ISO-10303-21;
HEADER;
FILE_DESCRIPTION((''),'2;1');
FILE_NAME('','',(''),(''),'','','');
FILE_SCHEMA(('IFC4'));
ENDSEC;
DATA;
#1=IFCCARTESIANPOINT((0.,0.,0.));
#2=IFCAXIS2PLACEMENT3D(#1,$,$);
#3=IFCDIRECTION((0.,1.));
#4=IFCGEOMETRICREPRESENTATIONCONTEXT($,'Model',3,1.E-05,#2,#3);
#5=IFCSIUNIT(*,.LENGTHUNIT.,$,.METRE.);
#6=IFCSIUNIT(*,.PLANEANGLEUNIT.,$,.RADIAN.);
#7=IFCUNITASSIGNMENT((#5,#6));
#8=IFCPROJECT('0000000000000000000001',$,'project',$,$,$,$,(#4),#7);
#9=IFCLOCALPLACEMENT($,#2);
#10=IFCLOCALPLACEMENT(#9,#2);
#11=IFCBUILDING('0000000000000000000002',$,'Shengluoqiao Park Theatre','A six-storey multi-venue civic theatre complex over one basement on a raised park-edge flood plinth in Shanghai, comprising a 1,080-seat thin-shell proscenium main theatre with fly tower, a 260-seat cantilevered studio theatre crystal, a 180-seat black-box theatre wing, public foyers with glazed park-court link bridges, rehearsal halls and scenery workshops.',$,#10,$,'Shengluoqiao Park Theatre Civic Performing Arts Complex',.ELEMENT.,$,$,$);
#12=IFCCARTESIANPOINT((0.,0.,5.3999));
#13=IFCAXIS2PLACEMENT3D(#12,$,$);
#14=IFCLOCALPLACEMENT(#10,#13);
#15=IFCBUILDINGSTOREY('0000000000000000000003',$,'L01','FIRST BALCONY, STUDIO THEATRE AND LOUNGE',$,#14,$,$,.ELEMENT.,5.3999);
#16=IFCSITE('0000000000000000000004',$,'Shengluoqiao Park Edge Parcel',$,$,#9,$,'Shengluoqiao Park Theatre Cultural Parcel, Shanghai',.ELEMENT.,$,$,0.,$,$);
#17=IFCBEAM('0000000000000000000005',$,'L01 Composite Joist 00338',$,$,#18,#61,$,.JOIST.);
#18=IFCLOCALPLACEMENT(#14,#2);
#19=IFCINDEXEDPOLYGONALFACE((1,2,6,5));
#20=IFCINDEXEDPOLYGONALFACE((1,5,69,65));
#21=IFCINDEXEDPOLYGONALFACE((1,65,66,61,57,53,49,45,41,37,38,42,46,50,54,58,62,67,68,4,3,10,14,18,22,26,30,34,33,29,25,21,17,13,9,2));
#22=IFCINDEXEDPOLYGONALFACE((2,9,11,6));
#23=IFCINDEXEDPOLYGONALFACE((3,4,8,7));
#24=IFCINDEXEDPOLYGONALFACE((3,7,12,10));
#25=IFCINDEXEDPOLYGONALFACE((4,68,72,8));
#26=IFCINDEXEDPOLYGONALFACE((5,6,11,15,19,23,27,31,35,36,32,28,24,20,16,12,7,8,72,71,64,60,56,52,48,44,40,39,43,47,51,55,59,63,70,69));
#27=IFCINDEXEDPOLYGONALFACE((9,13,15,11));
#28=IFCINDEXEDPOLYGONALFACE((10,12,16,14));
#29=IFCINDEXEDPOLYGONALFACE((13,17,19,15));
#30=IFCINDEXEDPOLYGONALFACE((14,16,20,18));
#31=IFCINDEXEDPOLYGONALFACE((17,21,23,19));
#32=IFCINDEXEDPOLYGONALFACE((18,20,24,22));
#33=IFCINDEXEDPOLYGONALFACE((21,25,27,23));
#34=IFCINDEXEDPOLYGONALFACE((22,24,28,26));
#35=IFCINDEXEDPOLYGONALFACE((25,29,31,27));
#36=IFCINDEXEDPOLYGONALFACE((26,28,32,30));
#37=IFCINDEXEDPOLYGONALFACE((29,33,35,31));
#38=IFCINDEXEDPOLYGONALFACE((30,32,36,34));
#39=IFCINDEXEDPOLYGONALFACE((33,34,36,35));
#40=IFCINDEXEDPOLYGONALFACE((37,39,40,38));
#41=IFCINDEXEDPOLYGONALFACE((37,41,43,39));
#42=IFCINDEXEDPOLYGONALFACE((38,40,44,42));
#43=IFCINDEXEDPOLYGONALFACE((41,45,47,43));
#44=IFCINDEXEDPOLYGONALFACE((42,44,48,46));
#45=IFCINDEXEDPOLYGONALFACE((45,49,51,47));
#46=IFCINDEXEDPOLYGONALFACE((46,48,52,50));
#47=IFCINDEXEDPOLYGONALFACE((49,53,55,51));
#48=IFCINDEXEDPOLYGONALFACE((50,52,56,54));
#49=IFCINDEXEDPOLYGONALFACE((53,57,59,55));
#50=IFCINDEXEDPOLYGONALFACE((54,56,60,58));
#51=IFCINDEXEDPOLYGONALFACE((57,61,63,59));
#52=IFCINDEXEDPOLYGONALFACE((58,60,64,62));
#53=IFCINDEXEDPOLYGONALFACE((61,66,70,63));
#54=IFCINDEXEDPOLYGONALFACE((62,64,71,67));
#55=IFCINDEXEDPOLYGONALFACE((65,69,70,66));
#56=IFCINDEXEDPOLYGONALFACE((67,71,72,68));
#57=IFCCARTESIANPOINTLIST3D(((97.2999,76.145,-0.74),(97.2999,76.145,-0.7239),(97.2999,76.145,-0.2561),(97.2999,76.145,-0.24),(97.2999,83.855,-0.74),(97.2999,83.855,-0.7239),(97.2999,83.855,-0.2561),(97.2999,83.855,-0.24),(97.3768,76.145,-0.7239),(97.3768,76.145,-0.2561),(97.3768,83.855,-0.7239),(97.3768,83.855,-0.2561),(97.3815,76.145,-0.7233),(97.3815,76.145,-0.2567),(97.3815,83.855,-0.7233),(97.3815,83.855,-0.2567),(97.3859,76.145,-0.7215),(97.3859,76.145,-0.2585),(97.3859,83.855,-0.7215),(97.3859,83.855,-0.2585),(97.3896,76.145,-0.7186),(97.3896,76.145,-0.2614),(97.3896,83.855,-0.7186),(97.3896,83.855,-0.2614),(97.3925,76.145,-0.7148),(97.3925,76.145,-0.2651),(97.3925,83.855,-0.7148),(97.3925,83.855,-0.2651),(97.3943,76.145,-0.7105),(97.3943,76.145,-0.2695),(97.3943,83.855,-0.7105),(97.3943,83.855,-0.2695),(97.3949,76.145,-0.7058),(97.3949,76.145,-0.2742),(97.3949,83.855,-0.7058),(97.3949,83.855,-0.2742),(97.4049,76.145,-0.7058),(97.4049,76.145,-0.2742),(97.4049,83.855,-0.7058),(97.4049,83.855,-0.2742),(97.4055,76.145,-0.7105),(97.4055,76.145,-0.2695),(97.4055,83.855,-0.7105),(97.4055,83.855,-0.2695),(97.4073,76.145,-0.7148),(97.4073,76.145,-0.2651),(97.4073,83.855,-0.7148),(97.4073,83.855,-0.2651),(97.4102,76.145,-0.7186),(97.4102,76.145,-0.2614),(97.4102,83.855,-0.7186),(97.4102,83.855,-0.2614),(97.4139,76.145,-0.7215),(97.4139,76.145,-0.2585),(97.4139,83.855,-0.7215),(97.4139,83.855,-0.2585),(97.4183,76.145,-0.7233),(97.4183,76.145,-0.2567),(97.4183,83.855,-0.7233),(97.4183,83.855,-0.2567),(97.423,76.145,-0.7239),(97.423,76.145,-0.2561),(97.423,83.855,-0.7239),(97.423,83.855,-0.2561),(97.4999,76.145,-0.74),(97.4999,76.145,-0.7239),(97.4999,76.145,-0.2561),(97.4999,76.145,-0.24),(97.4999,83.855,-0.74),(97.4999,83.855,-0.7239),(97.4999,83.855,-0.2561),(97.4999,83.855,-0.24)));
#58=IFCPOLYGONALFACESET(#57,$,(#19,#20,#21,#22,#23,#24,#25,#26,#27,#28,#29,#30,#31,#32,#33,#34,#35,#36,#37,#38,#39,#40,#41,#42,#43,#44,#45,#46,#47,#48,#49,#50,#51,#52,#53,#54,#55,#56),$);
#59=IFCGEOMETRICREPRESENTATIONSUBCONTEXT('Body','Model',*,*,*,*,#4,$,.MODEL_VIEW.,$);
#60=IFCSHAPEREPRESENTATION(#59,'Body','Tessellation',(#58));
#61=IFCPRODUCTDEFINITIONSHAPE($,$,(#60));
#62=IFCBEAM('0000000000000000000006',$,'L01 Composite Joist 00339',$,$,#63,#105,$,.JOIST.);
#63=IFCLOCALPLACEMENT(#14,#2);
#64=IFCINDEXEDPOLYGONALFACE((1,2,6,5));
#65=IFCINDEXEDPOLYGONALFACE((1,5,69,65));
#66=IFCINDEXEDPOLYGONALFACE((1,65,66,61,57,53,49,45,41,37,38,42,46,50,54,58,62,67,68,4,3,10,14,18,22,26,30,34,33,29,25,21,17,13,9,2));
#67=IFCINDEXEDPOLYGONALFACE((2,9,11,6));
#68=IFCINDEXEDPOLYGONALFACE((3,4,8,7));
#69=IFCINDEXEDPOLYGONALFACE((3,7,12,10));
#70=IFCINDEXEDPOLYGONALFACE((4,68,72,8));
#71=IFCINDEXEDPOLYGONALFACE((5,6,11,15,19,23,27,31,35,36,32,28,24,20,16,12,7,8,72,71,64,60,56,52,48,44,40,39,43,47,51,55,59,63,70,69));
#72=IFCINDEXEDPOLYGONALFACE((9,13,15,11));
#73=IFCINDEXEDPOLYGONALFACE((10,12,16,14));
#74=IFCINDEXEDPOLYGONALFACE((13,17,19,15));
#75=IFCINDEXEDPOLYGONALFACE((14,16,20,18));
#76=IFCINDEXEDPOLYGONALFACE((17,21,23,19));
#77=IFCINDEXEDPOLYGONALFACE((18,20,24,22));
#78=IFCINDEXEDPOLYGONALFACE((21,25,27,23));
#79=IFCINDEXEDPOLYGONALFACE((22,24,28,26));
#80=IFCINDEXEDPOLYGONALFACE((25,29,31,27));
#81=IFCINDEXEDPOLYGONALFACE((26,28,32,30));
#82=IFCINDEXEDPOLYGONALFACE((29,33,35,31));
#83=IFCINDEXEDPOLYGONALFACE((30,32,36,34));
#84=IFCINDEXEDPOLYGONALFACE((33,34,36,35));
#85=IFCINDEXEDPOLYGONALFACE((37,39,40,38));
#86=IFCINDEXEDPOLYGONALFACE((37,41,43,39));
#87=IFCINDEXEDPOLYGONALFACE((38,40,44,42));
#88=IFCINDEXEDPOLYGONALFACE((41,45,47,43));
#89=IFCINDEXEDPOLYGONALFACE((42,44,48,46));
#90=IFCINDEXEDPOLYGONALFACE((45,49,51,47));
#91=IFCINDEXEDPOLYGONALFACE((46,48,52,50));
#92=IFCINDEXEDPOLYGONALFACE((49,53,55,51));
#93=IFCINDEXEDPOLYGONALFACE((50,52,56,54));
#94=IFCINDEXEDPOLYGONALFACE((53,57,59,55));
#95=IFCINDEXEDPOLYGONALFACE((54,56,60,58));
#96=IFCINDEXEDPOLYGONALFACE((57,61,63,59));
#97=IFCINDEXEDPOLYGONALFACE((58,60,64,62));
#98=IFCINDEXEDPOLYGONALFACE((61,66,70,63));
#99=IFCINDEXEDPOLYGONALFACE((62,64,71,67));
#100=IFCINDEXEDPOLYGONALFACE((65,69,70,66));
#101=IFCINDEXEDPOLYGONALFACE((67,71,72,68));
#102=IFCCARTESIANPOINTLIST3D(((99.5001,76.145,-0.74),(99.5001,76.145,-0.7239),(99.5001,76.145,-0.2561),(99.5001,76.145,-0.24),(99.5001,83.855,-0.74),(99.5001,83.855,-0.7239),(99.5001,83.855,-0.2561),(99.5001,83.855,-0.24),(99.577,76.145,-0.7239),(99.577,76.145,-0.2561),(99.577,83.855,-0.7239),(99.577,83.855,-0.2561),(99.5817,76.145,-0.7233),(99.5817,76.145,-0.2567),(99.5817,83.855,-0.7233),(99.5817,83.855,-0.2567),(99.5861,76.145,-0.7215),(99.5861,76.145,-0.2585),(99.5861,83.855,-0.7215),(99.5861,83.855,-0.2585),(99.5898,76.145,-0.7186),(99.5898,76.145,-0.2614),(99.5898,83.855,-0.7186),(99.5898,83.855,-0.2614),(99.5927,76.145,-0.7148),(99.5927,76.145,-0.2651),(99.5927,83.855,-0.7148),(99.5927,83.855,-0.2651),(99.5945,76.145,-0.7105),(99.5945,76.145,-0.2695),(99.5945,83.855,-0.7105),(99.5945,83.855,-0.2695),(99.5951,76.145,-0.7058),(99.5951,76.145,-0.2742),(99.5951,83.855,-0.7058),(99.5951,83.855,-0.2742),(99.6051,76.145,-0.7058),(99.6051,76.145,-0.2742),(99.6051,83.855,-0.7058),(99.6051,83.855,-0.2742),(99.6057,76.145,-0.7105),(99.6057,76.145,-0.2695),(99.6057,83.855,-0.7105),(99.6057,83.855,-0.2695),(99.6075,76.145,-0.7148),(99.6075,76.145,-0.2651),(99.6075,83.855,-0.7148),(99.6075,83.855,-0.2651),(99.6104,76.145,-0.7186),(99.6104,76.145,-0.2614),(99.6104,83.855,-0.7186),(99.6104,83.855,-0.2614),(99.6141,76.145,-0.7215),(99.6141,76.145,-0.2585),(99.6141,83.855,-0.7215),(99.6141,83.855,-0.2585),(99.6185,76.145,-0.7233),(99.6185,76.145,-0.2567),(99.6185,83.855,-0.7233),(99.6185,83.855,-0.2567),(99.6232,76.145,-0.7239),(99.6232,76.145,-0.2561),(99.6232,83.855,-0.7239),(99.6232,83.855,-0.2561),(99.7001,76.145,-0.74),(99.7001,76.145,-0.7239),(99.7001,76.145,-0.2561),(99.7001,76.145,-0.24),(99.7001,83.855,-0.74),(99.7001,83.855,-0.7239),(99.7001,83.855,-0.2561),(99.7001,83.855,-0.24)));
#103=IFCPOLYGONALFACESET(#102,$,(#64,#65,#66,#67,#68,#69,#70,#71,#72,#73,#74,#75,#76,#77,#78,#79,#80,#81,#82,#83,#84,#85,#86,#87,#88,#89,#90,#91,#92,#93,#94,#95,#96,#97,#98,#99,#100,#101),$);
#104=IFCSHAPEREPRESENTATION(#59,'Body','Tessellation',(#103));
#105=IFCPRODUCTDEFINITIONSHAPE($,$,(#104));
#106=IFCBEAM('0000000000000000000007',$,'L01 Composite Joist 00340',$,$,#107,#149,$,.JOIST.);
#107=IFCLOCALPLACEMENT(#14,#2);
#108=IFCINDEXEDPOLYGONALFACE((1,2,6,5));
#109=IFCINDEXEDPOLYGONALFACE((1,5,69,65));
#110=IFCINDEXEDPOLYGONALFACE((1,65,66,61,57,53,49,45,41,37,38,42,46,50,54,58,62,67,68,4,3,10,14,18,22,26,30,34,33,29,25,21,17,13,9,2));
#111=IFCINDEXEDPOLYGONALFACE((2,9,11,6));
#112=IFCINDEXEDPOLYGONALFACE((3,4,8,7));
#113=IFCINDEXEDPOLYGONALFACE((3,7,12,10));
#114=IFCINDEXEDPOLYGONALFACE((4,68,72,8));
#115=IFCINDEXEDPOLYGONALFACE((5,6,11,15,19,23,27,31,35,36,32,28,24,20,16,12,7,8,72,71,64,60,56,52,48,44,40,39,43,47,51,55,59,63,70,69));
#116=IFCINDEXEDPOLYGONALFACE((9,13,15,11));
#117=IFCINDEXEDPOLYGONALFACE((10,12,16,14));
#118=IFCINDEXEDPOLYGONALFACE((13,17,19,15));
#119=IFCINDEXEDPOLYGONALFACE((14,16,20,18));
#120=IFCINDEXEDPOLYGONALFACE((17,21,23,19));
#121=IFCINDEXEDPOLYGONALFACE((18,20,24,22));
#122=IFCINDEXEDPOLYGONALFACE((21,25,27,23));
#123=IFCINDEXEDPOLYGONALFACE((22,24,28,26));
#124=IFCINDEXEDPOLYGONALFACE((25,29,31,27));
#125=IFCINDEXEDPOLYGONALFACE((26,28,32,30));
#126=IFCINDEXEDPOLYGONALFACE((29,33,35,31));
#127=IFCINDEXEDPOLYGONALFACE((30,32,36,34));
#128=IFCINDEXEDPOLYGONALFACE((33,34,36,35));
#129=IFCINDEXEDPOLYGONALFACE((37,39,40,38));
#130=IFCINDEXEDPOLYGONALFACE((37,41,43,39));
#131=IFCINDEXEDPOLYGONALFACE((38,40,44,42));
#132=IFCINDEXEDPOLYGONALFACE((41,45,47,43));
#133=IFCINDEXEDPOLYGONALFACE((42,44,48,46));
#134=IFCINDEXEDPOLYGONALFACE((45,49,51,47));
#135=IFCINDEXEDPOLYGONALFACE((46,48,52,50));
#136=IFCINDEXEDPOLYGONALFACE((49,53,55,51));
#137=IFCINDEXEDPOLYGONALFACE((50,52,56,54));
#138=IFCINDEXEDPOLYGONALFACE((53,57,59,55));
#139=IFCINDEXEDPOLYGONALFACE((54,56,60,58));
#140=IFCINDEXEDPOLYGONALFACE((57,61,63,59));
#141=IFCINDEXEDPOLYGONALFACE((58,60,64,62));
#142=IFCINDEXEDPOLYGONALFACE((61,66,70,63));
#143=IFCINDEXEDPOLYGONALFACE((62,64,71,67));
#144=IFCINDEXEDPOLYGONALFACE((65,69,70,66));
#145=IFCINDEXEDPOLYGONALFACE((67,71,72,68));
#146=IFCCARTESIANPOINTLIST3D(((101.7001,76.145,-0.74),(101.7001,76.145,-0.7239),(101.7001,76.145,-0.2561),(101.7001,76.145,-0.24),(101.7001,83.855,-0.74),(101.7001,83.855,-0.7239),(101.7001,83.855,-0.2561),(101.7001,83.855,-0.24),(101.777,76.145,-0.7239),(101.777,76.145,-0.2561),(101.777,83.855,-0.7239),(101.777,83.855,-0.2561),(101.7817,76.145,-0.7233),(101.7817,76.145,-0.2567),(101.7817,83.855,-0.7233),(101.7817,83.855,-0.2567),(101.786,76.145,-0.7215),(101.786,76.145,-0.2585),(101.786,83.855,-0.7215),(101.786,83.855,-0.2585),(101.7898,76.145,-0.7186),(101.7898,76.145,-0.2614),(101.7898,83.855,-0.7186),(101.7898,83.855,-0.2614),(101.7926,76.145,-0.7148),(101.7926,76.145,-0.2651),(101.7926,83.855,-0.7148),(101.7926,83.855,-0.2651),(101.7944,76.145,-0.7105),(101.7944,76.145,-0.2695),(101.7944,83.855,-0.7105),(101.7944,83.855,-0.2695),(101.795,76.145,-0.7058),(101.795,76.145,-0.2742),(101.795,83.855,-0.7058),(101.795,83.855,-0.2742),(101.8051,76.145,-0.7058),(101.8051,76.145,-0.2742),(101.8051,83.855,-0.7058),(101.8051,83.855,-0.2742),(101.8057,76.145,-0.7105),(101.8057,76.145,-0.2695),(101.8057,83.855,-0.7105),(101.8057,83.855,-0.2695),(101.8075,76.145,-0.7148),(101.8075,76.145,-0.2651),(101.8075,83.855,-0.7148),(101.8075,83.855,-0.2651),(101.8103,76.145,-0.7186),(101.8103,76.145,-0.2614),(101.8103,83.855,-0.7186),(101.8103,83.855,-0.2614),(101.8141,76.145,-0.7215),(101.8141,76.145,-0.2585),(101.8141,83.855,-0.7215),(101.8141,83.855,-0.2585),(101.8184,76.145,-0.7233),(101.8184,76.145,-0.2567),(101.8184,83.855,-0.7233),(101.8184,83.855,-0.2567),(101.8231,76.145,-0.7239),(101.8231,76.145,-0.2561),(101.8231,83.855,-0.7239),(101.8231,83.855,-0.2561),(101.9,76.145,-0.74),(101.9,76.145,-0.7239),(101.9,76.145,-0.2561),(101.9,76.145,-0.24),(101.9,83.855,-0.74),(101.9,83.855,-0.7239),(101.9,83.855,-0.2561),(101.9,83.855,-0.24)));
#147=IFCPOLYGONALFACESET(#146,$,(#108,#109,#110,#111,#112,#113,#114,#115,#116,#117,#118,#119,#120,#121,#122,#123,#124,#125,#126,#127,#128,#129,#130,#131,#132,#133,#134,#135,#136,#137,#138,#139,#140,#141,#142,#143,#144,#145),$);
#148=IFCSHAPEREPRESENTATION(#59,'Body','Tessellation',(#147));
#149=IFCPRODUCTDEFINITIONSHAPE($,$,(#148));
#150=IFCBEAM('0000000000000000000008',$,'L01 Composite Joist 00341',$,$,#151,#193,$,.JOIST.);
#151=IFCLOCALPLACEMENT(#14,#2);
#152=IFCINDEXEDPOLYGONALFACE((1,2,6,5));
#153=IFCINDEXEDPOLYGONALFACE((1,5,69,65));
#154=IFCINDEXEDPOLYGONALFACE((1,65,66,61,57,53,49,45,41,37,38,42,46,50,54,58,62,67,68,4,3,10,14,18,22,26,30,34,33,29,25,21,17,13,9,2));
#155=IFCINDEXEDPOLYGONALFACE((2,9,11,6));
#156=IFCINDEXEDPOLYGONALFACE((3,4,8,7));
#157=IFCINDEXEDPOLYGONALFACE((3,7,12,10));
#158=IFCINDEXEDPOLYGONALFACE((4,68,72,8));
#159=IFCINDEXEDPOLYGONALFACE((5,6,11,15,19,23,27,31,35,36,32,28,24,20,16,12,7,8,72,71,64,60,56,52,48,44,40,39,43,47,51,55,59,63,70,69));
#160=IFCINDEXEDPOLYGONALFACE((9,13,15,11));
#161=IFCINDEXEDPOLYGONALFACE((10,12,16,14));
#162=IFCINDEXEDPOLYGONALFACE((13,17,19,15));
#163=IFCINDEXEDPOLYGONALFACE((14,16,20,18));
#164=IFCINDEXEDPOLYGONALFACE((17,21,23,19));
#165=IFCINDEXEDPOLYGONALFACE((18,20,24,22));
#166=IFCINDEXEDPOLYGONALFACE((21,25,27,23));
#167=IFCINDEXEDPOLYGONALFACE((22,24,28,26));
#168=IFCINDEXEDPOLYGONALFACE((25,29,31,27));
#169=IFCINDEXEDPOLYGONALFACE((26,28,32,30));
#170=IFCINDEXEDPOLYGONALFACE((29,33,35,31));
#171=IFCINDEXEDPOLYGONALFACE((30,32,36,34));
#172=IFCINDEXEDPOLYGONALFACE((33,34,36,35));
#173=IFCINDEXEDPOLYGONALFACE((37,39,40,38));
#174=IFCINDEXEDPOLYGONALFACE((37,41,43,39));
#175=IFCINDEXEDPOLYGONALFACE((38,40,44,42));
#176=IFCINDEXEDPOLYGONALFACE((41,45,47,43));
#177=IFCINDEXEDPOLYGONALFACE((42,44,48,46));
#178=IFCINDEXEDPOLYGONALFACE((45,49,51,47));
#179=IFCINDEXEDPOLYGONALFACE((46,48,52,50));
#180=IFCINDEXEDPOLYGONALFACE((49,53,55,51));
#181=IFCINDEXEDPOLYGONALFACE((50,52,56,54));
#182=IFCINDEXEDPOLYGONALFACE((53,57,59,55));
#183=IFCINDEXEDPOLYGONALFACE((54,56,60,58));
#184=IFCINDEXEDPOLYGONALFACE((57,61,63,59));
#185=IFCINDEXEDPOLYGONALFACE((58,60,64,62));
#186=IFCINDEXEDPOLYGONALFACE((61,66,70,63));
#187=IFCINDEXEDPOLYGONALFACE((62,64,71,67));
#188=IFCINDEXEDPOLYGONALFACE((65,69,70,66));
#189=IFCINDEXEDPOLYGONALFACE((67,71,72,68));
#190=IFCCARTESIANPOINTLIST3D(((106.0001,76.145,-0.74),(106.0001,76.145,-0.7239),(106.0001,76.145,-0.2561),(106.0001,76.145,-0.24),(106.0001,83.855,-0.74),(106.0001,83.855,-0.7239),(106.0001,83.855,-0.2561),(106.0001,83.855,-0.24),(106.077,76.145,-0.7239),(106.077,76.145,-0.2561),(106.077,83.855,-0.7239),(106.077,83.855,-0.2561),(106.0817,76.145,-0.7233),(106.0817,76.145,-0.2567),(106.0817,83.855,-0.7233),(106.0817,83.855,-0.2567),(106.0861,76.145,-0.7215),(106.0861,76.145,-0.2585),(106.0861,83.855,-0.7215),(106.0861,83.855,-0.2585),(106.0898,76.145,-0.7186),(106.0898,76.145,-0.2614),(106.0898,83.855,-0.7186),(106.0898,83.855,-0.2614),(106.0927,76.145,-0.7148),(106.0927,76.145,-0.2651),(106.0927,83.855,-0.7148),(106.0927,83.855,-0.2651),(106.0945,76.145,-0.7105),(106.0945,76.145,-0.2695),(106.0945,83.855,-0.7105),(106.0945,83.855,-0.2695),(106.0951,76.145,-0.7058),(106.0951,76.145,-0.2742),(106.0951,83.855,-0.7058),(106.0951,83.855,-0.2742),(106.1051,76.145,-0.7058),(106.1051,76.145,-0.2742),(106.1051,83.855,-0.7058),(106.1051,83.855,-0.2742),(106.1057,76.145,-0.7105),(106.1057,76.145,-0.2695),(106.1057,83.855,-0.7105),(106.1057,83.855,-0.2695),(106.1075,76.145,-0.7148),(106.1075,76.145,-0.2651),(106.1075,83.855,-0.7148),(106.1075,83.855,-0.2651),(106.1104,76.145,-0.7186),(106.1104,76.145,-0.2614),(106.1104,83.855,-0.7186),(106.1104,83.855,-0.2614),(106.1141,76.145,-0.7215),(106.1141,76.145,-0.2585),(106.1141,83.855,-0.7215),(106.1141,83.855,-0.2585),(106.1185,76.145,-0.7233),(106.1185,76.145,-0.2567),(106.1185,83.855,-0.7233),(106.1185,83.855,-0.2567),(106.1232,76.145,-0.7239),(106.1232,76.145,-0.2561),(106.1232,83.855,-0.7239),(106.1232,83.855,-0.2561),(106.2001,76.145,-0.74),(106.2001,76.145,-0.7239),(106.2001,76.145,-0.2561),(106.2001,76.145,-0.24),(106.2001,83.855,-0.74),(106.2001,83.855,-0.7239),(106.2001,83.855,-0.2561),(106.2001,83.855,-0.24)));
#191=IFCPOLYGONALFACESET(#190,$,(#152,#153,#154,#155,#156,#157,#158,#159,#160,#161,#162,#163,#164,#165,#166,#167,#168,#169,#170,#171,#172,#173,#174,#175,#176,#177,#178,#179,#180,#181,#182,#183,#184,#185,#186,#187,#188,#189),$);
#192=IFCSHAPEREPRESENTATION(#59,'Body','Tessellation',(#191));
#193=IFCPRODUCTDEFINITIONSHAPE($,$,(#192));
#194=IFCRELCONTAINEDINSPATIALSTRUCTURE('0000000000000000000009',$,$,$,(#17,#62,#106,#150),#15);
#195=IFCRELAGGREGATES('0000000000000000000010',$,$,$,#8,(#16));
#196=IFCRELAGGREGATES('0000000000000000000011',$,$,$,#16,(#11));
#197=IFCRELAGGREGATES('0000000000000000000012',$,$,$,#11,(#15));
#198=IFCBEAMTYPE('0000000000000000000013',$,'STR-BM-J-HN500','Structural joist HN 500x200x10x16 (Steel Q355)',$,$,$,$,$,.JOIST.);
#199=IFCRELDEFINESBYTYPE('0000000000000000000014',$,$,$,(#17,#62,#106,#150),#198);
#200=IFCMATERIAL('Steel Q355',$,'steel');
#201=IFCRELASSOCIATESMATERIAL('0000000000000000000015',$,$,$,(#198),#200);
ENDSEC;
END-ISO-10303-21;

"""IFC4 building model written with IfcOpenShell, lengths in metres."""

from ifc_helpers import new_model, si_unit, direction, frame, origin, origin_2d, place, context, subcontext, project, spatial, i_section, extrude, material, material_profile, profile_set, type_object, element, save


model = new_model("IFC4")

# Units and contexts
model_context = context("Model", 3, precision=1e-05, world=origin(), true_north=direction((0.0, 1.0)))
body_context = subcontext(model_context, "Body", "Model", "MODEL_VIEW")
ifc_project = project(units=[si_unit("LENGTHUNIT", "METRE"), si_unit("PLANEANGLEUNIT", "RADIAN")], contexts=[model_context])

# Site, building, storey
site_placement = place(None, origin())
site = spatial("IfcSite", under=ifc_project, at=site_placement, Name="Shengluoqiao Park Edge Parcel", LongName="Shengluoqiao Park Theatre Cultural Parcel, Shanghai", CompositionType="ELEMENT", RefElevation=0.0)
building_placement = place(site_placement, origin())
building = spatial("IfcBuilding", under=site, at=building_placement, Name="Shengluoqiao Park Theatre", Description="A six-storey multi-venue civic theatre complex over one basement on a raised park-edge flood plinth in Shanghai, comprising a 1,080-seat thin-shell proscenium main theatre with fly tower, a 260-seat cantilevered studio theatre crystal, a 180-seat black-box theatre wing, public foyers with glazed park-court link bridges, rehearsal halls and scenery workshops.", LongName="Shengluoqiao Park Theatre Civic Performing Arts Complex", CompositionType="ELEMENT")
storey_placement = place(building_placement, frame((0.0, 0.0, 5.3999)))
storey = spatial("IfcBuildingStorey", under=building, at=storey_placement, Name="L01", Description="FIRST BALCONY, STUDIO THEATRE AND LOUNGE", CompositionType="ELEMENT", Elevation=5.3999)

# Beams
ifc_material_1 = material(Name="Steel Q355", Category="steel")
ifc_material_profile_1 = material_profile(ifc_material_1, i_section(OverallWidth=0.2, OverallDepth=0.5, WebThickness=0.01, FlangeThickness=0.0161, FilletRadius=0.0181, at=origin_2d()), Name="HN 500x200x10x16")
ifc_profile_set_1 = profile_set([ifc_material_profile_1], Name="Steel Q355")
beam_type_1 = type_object("IfcBeamType", Name="STR-BM-J-HN500", Description="Structural joist HN 500x200x10x16 (Steel Q355)", PredefinedType="JOIST", material=ifc_profile_set_1)
for number, where, z_axis, x_axis, name in (
    (1, (97.3999, 76.145, -0.49), (0.0, 1.0, 0.0), (-1.0, 0.0, 0.0), "L01 Composite Joist 00338"),
    (2, (99.6001, 76.145, -0.49), (0.0, 1.0, 0.0), (-1.0, 0.0, 0.0), "L01 Composite Joist 00339"),
    (3, (101.8, 76.145, -0.49), (0.0, 1.0, 0.0), (-1.0, 0.0, 0.0), "L01 Composite Joist 00340"),
    (4, (106.1001, 76.145, -0.49), (0.0, 1.0, 0.0), (-1.0, 0.0, 0.0), "L01 Composite Joist 00341"),
):
    element("IfcBeam", number, at=place(storey_placement, frame(where, z_axis=z_axis, x_axis=x_axis)), inside=storey, type_object=beam_type_1, Name=name, PredefinedType="JOIST", context=body_context, shape_type="SweptSolid", body=[
        extrude(i_section(OverallWidth=0.2, OverallDepth=0.5, WebThickness=0.01, FlangeThickness=0.0161, FilletRadius=0.0181, at=origin_2d()), origin(), (0.0, 0.0, 1.0), 7.71),
    ])

save(model, "model.ifc")
